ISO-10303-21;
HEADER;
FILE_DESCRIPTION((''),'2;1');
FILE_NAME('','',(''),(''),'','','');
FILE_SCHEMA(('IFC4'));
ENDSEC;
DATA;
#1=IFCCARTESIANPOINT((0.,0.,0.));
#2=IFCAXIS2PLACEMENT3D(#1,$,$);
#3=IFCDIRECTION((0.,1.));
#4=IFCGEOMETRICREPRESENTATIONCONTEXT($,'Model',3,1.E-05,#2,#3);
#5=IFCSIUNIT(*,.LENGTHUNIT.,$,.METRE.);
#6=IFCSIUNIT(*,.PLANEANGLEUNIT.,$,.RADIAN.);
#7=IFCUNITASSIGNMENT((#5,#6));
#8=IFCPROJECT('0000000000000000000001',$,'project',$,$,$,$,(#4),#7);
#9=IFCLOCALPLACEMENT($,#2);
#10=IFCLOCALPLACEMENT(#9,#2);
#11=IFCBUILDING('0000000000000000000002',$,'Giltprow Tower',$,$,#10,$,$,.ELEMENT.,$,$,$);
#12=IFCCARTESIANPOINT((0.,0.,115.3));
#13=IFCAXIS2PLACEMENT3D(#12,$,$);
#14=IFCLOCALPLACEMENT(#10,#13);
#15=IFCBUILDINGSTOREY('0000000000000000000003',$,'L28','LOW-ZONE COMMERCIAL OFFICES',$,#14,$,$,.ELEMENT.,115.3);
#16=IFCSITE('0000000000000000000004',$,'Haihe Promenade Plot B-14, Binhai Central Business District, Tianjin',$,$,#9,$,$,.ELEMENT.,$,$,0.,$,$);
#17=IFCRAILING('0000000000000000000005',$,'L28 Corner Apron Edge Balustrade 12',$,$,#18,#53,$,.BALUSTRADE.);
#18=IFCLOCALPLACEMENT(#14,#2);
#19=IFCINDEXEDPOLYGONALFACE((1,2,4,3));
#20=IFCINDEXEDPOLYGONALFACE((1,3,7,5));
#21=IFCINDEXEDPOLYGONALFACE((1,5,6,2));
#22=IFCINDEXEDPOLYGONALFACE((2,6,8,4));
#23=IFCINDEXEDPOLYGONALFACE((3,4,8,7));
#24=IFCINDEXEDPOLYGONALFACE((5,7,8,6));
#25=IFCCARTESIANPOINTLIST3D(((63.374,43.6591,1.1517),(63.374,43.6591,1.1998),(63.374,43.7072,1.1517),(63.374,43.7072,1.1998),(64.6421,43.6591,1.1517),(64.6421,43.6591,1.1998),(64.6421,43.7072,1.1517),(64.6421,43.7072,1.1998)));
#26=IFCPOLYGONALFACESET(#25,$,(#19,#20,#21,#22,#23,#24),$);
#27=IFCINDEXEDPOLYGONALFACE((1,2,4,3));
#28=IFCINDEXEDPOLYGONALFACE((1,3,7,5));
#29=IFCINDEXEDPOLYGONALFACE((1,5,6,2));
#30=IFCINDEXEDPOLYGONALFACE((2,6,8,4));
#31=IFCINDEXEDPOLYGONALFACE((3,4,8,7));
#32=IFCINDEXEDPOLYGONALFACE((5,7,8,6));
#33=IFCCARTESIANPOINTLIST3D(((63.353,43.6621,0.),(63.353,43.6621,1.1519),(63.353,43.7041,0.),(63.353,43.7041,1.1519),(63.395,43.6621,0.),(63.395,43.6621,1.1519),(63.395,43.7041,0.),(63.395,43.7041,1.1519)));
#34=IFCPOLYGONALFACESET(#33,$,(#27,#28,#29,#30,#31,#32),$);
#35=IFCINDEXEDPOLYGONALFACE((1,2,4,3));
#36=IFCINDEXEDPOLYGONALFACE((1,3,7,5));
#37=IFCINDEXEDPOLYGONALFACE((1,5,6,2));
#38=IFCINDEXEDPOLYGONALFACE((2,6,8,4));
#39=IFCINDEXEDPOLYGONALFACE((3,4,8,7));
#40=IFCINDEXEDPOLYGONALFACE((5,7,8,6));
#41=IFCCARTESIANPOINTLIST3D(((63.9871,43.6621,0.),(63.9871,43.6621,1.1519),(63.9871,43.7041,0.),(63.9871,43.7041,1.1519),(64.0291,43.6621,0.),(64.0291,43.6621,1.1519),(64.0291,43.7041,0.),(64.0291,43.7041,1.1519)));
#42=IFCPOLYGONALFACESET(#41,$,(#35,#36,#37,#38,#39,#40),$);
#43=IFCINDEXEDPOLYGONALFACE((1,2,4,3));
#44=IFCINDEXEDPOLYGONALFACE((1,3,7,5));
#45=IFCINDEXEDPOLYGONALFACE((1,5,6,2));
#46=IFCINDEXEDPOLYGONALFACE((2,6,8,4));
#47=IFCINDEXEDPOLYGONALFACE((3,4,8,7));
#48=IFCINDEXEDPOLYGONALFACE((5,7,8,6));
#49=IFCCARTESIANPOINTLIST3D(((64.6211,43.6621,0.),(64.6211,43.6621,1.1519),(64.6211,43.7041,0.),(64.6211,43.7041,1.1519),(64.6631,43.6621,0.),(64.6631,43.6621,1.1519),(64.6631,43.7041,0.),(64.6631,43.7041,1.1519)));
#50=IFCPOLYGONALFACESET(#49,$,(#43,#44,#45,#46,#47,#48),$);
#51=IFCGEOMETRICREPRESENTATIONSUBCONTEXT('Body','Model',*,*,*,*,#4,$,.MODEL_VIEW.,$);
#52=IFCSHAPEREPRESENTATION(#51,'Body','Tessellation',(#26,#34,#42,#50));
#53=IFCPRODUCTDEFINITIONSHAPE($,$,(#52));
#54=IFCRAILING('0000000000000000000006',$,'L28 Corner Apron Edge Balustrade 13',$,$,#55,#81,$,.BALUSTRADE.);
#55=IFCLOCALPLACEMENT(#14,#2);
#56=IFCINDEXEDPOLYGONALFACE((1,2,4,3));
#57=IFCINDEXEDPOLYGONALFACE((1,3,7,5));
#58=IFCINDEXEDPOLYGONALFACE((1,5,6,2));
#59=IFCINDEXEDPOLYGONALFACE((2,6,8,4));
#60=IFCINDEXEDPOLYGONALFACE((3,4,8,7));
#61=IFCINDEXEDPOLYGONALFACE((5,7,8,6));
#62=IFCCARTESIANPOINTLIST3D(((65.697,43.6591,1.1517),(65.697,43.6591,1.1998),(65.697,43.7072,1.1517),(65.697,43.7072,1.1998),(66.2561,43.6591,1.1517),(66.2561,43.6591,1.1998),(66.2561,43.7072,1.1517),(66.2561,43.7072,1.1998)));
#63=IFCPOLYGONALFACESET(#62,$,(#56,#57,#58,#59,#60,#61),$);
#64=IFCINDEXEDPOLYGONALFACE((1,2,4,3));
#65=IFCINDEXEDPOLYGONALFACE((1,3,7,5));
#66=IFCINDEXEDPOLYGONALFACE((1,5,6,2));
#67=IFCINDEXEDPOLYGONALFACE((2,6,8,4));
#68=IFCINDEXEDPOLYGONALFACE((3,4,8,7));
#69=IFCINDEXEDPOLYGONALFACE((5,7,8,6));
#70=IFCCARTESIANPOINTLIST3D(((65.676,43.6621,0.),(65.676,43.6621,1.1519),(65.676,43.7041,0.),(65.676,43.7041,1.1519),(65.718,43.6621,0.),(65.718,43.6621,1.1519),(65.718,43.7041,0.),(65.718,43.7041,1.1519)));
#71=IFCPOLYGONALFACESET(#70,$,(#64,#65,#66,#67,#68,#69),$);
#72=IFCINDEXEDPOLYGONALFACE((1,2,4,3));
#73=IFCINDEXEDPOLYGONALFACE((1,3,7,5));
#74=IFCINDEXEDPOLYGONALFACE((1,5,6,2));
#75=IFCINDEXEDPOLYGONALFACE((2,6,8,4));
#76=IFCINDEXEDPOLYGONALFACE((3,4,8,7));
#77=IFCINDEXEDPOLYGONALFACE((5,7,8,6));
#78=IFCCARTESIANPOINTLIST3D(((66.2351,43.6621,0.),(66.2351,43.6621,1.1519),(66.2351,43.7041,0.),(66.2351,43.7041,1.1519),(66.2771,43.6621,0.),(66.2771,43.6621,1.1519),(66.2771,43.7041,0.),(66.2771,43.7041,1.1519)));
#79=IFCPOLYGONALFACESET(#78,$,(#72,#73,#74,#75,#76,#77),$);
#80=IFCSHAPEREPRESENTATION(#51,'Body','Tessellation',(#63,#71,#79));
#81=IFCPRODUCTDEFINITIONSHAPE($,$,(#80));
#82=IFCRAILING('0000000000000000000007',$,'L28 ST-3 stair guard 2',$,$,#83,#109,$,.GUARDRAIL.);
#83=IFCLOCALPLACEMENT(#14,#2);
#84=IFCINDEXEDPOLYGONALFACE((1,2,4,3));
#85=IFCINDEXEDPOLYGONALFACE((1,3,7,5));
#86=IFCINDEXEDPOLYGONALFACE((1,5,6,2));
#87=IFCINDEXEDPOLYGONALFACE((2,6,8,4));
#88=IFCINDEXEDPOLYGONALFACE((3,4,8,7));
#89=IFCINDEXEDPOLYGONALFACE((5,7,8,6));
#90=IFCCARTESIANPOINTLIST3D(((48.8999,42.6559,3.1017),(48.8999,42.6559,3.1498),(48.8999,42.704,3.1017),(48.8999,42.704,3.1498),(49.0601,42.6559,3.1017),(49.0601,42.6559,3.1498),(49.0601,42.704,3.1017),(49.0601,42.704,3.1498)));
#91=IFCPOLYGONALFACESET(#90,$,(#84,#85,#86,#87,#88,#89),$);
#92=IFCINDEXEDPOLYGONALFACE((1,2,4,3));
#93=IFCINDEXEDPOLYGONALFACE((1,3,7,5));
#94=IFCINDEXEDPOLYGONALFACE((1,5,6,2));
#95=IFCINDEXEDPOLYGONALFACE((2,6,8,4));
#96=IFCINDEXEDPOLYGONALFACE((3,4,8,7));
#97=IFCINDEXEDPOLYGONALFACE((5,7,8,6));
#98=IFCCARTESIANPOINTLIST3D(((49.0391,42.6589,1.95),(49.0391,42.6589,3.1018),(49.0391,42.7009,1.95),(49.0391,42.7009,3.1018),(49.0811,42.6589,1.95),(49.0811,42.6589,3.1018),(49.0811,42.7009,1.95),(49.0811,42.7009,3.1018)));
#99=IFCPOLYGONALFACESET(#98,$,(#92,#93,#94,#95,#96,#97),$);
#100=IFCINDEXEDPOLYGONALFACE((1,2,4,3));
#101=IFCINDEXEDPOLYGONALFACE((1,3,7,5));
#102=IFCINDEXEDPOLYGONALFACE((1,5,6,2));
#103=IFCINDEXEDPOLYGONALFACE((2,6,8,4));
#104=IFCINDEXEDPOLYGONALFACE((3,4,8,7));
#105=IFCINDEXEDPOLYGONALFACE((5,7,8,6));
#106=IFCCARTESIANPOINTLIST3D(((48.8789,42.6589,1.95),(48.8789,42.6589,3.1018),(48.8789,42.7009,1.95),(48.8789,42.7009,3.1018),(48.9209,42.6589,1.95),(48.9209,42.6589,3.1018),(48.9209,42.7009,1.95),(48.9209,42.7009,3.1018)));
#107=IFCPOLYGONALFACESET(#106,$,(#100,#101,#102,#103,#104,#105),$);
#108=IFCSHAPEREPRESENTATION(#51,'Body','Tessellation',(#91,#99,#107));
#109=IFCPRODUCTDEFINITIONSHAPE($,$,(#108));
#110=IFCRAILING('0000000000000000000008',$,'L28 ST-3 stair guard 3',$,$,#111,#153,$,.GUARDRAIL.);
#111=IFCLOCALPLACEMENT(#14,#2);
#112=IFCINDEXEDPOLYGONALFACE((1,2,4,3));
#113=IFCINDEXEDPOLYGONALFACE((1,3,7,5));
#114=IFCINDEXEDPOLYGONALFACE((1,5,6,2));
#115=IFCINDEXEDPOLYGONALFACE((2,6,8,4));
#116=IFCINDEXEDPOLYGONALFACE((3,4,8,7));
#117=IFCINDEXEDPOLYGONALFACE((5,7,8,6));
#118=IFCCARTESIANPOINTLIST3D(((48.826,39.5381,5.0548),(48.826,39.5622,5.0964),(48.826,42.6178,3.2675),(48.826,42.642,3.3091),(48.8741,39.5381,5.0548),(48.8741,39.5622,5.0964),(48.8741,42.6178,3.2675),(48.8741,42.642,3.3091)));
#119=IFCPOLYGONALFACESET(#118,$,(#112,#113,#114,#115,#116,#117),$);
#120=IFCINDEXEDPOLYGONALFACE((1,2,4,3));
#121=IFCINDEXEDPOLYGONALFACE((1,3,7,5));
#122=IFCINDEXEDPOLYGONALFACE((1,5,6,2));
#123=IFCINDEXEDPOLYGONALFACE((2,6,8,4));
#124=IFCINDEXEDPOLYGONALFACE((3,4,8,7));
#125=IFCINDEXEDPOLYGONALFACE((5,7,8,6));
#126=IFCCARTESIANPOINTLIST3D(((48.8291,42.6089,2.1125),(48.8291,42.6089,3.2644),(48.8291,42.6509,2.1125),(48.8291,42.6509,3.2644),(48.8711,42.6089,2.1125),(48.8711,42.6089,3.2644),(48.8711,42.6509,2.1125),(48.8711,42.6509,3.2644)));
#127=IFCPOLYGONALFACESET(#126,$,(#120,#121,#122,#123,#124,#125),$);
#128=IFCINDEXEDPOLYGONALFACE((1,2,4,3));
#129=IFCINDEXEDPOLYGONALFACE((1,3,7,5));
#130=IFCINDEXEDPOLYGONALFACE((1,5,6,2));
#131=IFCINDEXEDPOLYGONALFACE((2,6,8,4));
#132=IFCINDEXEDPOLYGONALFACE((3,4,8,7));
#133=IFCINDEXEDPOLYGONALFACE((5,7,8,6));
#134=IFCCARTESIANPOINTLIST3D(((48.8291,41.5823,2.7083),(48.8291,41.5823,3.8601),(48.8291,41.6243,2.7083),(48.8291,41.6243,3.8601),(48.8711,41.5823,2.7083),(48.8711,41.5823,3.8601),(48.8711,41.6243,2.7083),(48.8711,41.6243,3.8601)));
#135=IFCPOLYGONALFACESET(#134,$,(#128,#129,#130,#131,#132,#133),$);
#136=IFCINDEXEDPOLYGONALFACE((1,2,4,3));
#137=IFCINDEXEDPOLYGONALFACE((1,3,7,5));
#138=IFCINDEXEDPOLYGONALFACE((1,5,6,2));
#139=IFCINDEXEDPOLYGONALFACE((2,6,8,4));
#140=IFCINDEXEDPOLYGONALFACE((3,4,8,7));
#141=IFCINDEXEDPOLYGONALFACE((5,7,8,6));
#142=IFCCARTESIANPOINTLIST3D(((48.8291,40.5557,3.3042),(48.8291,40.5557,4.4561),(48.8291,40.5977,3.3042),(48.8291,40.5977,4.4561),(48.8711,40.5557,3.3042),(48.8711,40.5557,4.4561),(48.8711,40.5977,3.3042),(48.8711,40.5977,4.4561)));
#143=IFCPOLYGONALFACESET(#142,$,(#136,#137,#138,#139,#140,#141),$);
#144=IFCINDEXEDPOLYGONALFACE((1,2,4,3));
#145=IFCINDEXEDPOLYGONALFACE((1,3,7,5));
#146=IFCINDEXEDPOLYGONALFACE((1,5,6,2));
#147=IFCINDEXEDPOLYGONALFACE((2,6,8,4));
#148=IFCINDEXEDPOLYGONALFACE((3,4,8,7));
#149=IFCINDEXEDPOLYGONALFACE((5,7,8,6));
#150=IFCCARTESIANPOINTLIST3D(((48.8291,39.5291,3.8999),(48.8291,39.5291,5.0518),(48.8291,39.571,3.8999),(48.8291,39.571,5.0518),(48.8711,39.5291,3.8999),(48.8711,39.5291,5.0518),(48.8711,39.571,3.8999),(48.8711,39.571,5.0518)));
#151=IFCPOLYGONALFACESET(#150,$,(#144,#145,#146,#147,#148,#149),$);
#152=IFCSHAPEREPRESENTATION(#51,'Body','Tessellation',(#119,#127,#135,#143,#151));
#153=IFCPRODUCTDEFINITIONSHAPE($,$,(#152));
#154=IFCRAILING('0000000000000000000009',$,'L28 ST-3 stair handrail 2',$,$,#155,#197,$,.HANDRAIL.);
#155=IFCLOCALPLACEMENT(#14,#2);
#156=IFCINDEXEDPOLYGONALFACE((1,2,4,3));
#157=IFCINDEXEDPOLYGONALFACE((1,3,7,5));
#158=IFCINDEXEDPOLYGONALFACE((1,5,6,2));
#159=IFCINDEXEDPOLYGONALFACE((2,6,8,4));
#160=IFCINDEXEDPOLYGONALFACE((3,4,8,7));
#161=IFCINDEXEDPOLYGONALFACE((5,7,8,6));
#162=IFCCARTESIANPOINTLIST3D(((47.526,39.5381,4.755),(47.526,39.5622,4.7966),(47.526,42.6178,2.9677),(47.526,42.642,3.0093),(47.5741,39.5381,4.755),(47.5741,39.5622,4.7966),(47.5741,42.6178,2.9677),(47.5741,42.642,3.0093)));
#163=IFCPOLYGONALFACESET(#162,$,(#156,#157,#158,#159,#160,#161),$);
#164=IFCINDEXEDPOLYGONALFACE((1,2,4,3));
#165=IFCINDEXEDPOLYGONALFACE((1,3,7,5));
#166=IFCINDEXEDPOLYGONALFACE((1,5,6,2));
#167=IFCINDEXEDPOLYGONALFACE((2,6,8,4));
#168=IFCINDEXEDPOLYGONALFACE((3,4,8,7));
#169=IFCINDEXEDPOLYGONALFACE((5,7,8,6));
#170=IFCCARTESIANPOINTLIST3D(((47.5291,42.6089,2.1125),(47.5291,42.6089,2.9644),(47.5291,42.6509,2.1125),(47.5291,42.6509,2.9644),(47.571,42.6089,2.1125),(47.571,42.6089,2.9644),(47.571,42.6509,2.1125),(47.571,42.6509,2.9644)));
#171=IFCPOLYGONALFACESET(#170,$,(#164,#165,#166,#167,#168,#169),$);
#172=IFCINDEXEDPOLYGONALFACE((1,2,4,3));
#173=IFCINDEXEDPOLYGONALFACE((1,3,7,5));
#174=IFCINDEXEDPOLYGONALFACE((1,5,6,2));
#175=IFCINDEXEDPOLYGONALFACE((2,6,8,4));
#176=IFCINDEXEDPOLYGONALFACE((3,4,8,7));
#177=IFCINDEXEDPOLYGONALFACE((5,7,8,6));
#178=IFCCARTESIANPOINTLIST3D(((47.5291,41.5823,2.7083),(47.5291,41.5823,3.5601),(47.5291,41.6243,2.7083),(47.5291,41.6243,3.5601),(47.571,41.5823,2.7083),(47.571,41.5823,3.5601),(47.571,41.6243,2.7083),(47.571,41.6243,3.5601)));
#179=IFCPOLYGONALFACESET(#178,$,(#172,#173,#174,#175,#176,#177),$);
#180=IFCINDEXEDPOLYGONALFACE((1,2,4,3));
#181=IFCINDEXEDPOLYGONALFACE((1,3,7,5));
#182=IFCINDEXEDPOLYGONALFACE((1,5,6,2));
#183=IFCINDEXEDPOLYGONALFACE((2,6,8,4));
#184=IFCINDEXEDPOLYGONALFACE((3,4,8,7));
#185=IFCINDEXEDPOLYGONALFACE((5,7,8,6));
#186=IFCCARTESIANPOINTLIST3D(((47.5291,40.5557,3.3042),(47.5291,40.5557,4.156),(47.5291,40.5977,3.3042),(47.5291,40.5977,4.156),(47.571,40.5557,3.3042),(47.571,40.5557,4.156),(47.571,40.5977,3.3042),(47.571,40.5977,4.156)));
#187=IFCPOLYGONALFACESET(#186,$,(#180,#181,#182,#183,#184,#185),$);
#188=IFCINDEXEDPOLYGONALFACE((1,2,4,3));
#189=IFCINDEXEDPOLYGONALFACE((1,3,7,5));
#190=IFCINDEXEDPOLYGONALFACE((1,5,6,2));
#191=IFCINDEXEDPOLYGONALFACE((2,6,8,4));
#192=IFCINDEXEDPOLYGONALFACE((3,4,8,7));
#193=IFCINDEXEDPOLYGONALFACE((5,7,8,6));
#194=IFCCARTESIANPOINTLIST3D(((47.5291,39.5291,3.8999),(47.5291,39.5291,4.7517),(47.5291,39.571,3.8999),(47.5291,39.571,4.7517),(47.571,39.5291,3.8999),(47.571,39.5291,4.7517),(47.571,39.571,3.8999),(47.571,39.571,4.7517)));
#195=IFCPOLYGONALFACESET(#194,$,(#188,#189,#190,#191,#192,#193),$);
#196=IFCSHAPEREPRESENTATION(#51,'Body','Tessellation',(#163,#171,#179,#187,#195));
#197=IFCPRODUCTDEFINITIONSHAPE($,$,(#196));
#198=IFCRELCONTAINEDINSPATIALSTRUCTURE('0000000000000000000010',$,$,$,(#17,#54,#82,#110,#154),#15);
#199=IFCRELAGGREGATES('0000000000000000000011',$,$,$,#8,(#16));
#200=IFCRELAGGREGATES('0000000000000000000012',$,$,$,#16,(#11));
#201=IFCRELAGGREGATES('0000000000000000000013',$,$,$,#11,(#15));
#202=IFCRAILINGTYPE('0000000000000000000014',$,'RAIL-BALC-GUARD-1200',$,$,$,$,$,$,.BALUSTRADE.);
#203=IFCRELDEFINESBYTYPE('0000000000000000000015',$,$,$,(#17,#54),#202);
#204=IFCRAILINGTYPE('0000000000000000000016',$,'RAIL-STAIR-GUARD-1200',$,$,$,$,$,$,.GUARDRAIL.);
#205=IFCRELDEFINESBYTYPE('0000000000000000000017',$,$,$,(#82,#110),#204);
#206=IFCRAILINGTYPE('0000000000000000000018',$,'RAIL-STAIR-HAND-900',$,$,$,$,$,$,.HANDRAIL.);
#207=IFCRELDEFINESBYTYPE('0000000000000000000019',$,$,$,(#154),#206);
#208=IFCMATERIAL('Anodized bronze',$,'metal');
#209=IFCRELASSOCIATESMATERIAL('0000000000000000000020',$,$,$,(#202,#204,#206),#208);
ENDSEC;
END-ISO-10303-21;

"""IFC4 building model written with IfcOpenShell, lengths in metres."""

from ifc_helpers import new_model, si_unit, direction, frame, origin, origin_2d, place, context, subcontext, project, spatial, rectangle, extrude, material, type_object, element, save


model = new_model("IFC4")

# Units and contexts
model_context = context("Model", 3, precision=1e-05, world=origin(), true_north=direction((0.0, 1.0)))
body_context = subcontext(model_context, "Body", "Model", "MODEL_VIEW")
ifc_project = project(units=[si_unit("LENGTHUNIT", "METRE"), si_unit("PLANEANGLEUNIT", "RADIAN")], contexts=[model_context])

# Site, building, storey
site_placement = place(None, origin())
site = spatial("IfcSite", under=ifc_project, at=site_placement, Name="Haihe Promenade Plot B-14, Binhai Central Business District, Tianjin", CompositionType="ELEMENT", RefElevation=0.0)
building_placement = place(site_placement, origin())
building = spatial("IfcBuilding", under=site, at=building_placement, Name="Giltprow Tower", CompositionType="ELEMENT")
storey_placement = place(building_placement, frame((0.0, 0.0, 115.3)))
storey = spatial("IfcBuildingStorey", under=building, at=storey_placement, Name="L28", Description="LOW-ZONE COMMERCIAL OFFICES", CompositionType="ELEMENT", Elevation=115.3)

# Railings
ifc_material_1 = material(Name="Anodized bronze", Category="metal")
railing_type_1 = type_object("IfcRailingType", Name="RAIL-BALC-GUARD-1200", PredefinedType="BALUSTRADE", material=ifc_material_1)
railing_1_placement = place(storey_placement, frame((63.374, 43.6831, 0.0)))
element("IfcRailing", 1, at=railing_1_placement, inside=storey, type_object=railing_type_1, Name="L28 Corner Apron Edge Balustrade 12", PredefinedType="BALUSTRADE", context=body_context, shape_type="SweptSolid", body=[
    extrude(rectangle(XDim=0.0481, YDim=0.0481, at=origin_2d()), frame((0.0, 0.0, 1.1758), z_axis=(1.0, 0.0, 0.0), x_axis=(0.0, 1.0, 0.0)), (0.0, 0.0, 1.0), 1.2681),
    extrude(rectangle(XDim=0.042, YDim=0.042, at=origin_2d()), origin(), (0.0, 0.0, 1.0), 1.1519),
    extrude(rectangle(XDim=0.042, YDim=0.042, at=origin_2d()), frame((0.634, 0.0, 0.0)), (0.0, 0.0, 1.0), 1.1519),
    extrude(rectangle(XDim=0.042, YDim=0.042, at=origin_2d()), frame((1.2681, 0.0, 0.0)), (0.0, 0.0, 1.0), 1.1519),
])
railing_2_placement = place(storey_placement, frame((65.697, 43.6831, 0.0)))
element("IfcRailing", 2, at=railing_2_placement, inside=storey, type_object=railing_type_1, Name="L28 Corner Apron Edge Balustrade 13", PredefinedType="BALUSTRADE", context=body_context, shape_type="SweptSolid", body=[
    extrude(rectangle(XDim=0.0481, YDim=0.0481, at=origin_2d()), frame((0.0, 0.0, 1.1758), z_axis=(1.0, 0.0, 0.0), x_axis=(0.0, 1.0, 0.0)), (0.0, 0.0, 1.0), 0.5591),
    extrude(rectangle(XDim=0.042, YDim=0.042, at=origin_2d()), origin(), (0.0, 0.0, 1.0), 1.1519),
    extrude(rectangle(XDim=0.042, YDim=0.042, at=origin_2d()), frame((0.5591, 0.0, 0.0)), (0.0, 0.0, 1.0), 1.1519),
])
railing_type_2 = type_object("IfcRailingType", Name="RAIL-STAIR-GUARD-1200", PredefinedType="GUARDRAIL", material=ifc_material_1)
railing_3_placement = place(storey_placement, frame((49.0601, 42.6799, 1.95)))
element("IfcRailing", 3, at=railing_3_placement, inside=storey, type_object=railing_type_2, Name="L28 ST-3 stair guard 2", PredefinedType="GUARDRAIL", context=body_context, shape_type="SweptSolid", body=[
    extrude(rectangle(XDim=0.0481, YDim=0.0481, at=origin_2d()), frame((0.0, 0.0, 1.1758), z_axis=(-1.0, 0.0, 0.0), x_axis=(0.0, -1.0, 0.0)), (0.0, 0.0, 1.0), 0.1602),
    extrude(rectangle(XDim=0.042, YDim=0.042, at=origin_2d()), origin(), (0.0, 0.0, 1.0), 1.1519),
    extrude(rectangle(XDim=0.042, YDim=0.042, at=origin_2d()), frame((-0.1602, 0.0, 0.0)), (0.0, 0.0, 1.0), 1.1519),
])
railing_4_placement = place(storey_placement, frame((48.8501, 42.6299, 2.1125)))
element("IfcRailing", 4, at=railing_4_placement, inside=storey, type_object=railing_type_2, Name="L28 ST-3 stair guard 3", PredefinedType="GUARDRAIL", context=body_context, shape_type="SweptSolid", body=[
    extrude(rectangle(XDim=0.0481, YDim=0.0481, at=origin_2d()), frame((0.0, 0.0, 1.1758), z_axis=(0.0, -0.864903, 0.501939), x_axis=(1.0, 0.0, 0.0)), (0.0, 0.0, 1.0), 3.5608),
    extrude(rectangle(XDim=0.042, YDim=0.042, at=origin_2d()), origin(), (0.0, 0.0, 1.0), 1.1519),
    extrude(rectangle(XDim=0.042, YDim=0.042, at=origin_2d()), frame((0.0, -1.0266, 0.5957)), (0.0, 0.0, 1.0), 1.1519),
    extrude(rectangle(XDim=0.042, YDim=0.042, at=origin_2d()), frame((0.0, -2.0532, 1.1917)), (0.0, 0.0, 1.0), 1.1519),
    extrude(rectangle(XDim=0.042, YDim=0.042, at=origin_2d()), frame((0.0, -3.0798, 1.7874)), (0.0, 0.0, 1.0), 1.1519),
])
railing_type_3 = type_object("IfcRailingType", Name="RAIL-STAIR-HAND-900", PredefinedType="HANDRAIL", material=ifc_material_1)
railing_5_placement = place(storey_placement, frame((47.55, 42.6299, 2.1125)))
element("IfcRailing", 5, at=railing_5_placement, inside=storey, type_object=railing_type_3, Name="L28 ST-3 stair handrail 2", PredefinedType="HANDRAIL", context=body_context, shape_type="SweptSolid", body=[
    extrude(rectangle(XDim=0.0481, YDim=0.0481, at=origin_2d()), frame((0.0, 0.0, 0.876), z_axis=(0.0, -0.864903, 0.501939), x_axis=(1.0, 0.0, 0.0)), (0.0, 0.0, 1.0), 3.5608),
    extrude(rectangle(XDim=0.042, YDim=0.042, at=origin_2d()), origin(), (0.0, 0.0, 1.0), 0.8518),
    extrude(rectangle(XDim=0.042, YDim=0.042, at=origin_2d()), frame((0.0, -1.0266, 0.5957)), (0.0, 0.0, 1.0), 0.8518),
    extrude(rectangle(XDim=0.042, YDim=0.042, at=origin_2d()), frame((0.0, -2.0532, 1.1917)), (0.0, 0.0, 1.0), 0.8518),
    extrude(rectangle(XDim=0.042, YDim=0.042, at=origin_2d()), frame((0.0, -3.0798, 1.7874)), (0.0, 0.0, 1.0), 0.8518),
])

save(model, "model.ifc")
